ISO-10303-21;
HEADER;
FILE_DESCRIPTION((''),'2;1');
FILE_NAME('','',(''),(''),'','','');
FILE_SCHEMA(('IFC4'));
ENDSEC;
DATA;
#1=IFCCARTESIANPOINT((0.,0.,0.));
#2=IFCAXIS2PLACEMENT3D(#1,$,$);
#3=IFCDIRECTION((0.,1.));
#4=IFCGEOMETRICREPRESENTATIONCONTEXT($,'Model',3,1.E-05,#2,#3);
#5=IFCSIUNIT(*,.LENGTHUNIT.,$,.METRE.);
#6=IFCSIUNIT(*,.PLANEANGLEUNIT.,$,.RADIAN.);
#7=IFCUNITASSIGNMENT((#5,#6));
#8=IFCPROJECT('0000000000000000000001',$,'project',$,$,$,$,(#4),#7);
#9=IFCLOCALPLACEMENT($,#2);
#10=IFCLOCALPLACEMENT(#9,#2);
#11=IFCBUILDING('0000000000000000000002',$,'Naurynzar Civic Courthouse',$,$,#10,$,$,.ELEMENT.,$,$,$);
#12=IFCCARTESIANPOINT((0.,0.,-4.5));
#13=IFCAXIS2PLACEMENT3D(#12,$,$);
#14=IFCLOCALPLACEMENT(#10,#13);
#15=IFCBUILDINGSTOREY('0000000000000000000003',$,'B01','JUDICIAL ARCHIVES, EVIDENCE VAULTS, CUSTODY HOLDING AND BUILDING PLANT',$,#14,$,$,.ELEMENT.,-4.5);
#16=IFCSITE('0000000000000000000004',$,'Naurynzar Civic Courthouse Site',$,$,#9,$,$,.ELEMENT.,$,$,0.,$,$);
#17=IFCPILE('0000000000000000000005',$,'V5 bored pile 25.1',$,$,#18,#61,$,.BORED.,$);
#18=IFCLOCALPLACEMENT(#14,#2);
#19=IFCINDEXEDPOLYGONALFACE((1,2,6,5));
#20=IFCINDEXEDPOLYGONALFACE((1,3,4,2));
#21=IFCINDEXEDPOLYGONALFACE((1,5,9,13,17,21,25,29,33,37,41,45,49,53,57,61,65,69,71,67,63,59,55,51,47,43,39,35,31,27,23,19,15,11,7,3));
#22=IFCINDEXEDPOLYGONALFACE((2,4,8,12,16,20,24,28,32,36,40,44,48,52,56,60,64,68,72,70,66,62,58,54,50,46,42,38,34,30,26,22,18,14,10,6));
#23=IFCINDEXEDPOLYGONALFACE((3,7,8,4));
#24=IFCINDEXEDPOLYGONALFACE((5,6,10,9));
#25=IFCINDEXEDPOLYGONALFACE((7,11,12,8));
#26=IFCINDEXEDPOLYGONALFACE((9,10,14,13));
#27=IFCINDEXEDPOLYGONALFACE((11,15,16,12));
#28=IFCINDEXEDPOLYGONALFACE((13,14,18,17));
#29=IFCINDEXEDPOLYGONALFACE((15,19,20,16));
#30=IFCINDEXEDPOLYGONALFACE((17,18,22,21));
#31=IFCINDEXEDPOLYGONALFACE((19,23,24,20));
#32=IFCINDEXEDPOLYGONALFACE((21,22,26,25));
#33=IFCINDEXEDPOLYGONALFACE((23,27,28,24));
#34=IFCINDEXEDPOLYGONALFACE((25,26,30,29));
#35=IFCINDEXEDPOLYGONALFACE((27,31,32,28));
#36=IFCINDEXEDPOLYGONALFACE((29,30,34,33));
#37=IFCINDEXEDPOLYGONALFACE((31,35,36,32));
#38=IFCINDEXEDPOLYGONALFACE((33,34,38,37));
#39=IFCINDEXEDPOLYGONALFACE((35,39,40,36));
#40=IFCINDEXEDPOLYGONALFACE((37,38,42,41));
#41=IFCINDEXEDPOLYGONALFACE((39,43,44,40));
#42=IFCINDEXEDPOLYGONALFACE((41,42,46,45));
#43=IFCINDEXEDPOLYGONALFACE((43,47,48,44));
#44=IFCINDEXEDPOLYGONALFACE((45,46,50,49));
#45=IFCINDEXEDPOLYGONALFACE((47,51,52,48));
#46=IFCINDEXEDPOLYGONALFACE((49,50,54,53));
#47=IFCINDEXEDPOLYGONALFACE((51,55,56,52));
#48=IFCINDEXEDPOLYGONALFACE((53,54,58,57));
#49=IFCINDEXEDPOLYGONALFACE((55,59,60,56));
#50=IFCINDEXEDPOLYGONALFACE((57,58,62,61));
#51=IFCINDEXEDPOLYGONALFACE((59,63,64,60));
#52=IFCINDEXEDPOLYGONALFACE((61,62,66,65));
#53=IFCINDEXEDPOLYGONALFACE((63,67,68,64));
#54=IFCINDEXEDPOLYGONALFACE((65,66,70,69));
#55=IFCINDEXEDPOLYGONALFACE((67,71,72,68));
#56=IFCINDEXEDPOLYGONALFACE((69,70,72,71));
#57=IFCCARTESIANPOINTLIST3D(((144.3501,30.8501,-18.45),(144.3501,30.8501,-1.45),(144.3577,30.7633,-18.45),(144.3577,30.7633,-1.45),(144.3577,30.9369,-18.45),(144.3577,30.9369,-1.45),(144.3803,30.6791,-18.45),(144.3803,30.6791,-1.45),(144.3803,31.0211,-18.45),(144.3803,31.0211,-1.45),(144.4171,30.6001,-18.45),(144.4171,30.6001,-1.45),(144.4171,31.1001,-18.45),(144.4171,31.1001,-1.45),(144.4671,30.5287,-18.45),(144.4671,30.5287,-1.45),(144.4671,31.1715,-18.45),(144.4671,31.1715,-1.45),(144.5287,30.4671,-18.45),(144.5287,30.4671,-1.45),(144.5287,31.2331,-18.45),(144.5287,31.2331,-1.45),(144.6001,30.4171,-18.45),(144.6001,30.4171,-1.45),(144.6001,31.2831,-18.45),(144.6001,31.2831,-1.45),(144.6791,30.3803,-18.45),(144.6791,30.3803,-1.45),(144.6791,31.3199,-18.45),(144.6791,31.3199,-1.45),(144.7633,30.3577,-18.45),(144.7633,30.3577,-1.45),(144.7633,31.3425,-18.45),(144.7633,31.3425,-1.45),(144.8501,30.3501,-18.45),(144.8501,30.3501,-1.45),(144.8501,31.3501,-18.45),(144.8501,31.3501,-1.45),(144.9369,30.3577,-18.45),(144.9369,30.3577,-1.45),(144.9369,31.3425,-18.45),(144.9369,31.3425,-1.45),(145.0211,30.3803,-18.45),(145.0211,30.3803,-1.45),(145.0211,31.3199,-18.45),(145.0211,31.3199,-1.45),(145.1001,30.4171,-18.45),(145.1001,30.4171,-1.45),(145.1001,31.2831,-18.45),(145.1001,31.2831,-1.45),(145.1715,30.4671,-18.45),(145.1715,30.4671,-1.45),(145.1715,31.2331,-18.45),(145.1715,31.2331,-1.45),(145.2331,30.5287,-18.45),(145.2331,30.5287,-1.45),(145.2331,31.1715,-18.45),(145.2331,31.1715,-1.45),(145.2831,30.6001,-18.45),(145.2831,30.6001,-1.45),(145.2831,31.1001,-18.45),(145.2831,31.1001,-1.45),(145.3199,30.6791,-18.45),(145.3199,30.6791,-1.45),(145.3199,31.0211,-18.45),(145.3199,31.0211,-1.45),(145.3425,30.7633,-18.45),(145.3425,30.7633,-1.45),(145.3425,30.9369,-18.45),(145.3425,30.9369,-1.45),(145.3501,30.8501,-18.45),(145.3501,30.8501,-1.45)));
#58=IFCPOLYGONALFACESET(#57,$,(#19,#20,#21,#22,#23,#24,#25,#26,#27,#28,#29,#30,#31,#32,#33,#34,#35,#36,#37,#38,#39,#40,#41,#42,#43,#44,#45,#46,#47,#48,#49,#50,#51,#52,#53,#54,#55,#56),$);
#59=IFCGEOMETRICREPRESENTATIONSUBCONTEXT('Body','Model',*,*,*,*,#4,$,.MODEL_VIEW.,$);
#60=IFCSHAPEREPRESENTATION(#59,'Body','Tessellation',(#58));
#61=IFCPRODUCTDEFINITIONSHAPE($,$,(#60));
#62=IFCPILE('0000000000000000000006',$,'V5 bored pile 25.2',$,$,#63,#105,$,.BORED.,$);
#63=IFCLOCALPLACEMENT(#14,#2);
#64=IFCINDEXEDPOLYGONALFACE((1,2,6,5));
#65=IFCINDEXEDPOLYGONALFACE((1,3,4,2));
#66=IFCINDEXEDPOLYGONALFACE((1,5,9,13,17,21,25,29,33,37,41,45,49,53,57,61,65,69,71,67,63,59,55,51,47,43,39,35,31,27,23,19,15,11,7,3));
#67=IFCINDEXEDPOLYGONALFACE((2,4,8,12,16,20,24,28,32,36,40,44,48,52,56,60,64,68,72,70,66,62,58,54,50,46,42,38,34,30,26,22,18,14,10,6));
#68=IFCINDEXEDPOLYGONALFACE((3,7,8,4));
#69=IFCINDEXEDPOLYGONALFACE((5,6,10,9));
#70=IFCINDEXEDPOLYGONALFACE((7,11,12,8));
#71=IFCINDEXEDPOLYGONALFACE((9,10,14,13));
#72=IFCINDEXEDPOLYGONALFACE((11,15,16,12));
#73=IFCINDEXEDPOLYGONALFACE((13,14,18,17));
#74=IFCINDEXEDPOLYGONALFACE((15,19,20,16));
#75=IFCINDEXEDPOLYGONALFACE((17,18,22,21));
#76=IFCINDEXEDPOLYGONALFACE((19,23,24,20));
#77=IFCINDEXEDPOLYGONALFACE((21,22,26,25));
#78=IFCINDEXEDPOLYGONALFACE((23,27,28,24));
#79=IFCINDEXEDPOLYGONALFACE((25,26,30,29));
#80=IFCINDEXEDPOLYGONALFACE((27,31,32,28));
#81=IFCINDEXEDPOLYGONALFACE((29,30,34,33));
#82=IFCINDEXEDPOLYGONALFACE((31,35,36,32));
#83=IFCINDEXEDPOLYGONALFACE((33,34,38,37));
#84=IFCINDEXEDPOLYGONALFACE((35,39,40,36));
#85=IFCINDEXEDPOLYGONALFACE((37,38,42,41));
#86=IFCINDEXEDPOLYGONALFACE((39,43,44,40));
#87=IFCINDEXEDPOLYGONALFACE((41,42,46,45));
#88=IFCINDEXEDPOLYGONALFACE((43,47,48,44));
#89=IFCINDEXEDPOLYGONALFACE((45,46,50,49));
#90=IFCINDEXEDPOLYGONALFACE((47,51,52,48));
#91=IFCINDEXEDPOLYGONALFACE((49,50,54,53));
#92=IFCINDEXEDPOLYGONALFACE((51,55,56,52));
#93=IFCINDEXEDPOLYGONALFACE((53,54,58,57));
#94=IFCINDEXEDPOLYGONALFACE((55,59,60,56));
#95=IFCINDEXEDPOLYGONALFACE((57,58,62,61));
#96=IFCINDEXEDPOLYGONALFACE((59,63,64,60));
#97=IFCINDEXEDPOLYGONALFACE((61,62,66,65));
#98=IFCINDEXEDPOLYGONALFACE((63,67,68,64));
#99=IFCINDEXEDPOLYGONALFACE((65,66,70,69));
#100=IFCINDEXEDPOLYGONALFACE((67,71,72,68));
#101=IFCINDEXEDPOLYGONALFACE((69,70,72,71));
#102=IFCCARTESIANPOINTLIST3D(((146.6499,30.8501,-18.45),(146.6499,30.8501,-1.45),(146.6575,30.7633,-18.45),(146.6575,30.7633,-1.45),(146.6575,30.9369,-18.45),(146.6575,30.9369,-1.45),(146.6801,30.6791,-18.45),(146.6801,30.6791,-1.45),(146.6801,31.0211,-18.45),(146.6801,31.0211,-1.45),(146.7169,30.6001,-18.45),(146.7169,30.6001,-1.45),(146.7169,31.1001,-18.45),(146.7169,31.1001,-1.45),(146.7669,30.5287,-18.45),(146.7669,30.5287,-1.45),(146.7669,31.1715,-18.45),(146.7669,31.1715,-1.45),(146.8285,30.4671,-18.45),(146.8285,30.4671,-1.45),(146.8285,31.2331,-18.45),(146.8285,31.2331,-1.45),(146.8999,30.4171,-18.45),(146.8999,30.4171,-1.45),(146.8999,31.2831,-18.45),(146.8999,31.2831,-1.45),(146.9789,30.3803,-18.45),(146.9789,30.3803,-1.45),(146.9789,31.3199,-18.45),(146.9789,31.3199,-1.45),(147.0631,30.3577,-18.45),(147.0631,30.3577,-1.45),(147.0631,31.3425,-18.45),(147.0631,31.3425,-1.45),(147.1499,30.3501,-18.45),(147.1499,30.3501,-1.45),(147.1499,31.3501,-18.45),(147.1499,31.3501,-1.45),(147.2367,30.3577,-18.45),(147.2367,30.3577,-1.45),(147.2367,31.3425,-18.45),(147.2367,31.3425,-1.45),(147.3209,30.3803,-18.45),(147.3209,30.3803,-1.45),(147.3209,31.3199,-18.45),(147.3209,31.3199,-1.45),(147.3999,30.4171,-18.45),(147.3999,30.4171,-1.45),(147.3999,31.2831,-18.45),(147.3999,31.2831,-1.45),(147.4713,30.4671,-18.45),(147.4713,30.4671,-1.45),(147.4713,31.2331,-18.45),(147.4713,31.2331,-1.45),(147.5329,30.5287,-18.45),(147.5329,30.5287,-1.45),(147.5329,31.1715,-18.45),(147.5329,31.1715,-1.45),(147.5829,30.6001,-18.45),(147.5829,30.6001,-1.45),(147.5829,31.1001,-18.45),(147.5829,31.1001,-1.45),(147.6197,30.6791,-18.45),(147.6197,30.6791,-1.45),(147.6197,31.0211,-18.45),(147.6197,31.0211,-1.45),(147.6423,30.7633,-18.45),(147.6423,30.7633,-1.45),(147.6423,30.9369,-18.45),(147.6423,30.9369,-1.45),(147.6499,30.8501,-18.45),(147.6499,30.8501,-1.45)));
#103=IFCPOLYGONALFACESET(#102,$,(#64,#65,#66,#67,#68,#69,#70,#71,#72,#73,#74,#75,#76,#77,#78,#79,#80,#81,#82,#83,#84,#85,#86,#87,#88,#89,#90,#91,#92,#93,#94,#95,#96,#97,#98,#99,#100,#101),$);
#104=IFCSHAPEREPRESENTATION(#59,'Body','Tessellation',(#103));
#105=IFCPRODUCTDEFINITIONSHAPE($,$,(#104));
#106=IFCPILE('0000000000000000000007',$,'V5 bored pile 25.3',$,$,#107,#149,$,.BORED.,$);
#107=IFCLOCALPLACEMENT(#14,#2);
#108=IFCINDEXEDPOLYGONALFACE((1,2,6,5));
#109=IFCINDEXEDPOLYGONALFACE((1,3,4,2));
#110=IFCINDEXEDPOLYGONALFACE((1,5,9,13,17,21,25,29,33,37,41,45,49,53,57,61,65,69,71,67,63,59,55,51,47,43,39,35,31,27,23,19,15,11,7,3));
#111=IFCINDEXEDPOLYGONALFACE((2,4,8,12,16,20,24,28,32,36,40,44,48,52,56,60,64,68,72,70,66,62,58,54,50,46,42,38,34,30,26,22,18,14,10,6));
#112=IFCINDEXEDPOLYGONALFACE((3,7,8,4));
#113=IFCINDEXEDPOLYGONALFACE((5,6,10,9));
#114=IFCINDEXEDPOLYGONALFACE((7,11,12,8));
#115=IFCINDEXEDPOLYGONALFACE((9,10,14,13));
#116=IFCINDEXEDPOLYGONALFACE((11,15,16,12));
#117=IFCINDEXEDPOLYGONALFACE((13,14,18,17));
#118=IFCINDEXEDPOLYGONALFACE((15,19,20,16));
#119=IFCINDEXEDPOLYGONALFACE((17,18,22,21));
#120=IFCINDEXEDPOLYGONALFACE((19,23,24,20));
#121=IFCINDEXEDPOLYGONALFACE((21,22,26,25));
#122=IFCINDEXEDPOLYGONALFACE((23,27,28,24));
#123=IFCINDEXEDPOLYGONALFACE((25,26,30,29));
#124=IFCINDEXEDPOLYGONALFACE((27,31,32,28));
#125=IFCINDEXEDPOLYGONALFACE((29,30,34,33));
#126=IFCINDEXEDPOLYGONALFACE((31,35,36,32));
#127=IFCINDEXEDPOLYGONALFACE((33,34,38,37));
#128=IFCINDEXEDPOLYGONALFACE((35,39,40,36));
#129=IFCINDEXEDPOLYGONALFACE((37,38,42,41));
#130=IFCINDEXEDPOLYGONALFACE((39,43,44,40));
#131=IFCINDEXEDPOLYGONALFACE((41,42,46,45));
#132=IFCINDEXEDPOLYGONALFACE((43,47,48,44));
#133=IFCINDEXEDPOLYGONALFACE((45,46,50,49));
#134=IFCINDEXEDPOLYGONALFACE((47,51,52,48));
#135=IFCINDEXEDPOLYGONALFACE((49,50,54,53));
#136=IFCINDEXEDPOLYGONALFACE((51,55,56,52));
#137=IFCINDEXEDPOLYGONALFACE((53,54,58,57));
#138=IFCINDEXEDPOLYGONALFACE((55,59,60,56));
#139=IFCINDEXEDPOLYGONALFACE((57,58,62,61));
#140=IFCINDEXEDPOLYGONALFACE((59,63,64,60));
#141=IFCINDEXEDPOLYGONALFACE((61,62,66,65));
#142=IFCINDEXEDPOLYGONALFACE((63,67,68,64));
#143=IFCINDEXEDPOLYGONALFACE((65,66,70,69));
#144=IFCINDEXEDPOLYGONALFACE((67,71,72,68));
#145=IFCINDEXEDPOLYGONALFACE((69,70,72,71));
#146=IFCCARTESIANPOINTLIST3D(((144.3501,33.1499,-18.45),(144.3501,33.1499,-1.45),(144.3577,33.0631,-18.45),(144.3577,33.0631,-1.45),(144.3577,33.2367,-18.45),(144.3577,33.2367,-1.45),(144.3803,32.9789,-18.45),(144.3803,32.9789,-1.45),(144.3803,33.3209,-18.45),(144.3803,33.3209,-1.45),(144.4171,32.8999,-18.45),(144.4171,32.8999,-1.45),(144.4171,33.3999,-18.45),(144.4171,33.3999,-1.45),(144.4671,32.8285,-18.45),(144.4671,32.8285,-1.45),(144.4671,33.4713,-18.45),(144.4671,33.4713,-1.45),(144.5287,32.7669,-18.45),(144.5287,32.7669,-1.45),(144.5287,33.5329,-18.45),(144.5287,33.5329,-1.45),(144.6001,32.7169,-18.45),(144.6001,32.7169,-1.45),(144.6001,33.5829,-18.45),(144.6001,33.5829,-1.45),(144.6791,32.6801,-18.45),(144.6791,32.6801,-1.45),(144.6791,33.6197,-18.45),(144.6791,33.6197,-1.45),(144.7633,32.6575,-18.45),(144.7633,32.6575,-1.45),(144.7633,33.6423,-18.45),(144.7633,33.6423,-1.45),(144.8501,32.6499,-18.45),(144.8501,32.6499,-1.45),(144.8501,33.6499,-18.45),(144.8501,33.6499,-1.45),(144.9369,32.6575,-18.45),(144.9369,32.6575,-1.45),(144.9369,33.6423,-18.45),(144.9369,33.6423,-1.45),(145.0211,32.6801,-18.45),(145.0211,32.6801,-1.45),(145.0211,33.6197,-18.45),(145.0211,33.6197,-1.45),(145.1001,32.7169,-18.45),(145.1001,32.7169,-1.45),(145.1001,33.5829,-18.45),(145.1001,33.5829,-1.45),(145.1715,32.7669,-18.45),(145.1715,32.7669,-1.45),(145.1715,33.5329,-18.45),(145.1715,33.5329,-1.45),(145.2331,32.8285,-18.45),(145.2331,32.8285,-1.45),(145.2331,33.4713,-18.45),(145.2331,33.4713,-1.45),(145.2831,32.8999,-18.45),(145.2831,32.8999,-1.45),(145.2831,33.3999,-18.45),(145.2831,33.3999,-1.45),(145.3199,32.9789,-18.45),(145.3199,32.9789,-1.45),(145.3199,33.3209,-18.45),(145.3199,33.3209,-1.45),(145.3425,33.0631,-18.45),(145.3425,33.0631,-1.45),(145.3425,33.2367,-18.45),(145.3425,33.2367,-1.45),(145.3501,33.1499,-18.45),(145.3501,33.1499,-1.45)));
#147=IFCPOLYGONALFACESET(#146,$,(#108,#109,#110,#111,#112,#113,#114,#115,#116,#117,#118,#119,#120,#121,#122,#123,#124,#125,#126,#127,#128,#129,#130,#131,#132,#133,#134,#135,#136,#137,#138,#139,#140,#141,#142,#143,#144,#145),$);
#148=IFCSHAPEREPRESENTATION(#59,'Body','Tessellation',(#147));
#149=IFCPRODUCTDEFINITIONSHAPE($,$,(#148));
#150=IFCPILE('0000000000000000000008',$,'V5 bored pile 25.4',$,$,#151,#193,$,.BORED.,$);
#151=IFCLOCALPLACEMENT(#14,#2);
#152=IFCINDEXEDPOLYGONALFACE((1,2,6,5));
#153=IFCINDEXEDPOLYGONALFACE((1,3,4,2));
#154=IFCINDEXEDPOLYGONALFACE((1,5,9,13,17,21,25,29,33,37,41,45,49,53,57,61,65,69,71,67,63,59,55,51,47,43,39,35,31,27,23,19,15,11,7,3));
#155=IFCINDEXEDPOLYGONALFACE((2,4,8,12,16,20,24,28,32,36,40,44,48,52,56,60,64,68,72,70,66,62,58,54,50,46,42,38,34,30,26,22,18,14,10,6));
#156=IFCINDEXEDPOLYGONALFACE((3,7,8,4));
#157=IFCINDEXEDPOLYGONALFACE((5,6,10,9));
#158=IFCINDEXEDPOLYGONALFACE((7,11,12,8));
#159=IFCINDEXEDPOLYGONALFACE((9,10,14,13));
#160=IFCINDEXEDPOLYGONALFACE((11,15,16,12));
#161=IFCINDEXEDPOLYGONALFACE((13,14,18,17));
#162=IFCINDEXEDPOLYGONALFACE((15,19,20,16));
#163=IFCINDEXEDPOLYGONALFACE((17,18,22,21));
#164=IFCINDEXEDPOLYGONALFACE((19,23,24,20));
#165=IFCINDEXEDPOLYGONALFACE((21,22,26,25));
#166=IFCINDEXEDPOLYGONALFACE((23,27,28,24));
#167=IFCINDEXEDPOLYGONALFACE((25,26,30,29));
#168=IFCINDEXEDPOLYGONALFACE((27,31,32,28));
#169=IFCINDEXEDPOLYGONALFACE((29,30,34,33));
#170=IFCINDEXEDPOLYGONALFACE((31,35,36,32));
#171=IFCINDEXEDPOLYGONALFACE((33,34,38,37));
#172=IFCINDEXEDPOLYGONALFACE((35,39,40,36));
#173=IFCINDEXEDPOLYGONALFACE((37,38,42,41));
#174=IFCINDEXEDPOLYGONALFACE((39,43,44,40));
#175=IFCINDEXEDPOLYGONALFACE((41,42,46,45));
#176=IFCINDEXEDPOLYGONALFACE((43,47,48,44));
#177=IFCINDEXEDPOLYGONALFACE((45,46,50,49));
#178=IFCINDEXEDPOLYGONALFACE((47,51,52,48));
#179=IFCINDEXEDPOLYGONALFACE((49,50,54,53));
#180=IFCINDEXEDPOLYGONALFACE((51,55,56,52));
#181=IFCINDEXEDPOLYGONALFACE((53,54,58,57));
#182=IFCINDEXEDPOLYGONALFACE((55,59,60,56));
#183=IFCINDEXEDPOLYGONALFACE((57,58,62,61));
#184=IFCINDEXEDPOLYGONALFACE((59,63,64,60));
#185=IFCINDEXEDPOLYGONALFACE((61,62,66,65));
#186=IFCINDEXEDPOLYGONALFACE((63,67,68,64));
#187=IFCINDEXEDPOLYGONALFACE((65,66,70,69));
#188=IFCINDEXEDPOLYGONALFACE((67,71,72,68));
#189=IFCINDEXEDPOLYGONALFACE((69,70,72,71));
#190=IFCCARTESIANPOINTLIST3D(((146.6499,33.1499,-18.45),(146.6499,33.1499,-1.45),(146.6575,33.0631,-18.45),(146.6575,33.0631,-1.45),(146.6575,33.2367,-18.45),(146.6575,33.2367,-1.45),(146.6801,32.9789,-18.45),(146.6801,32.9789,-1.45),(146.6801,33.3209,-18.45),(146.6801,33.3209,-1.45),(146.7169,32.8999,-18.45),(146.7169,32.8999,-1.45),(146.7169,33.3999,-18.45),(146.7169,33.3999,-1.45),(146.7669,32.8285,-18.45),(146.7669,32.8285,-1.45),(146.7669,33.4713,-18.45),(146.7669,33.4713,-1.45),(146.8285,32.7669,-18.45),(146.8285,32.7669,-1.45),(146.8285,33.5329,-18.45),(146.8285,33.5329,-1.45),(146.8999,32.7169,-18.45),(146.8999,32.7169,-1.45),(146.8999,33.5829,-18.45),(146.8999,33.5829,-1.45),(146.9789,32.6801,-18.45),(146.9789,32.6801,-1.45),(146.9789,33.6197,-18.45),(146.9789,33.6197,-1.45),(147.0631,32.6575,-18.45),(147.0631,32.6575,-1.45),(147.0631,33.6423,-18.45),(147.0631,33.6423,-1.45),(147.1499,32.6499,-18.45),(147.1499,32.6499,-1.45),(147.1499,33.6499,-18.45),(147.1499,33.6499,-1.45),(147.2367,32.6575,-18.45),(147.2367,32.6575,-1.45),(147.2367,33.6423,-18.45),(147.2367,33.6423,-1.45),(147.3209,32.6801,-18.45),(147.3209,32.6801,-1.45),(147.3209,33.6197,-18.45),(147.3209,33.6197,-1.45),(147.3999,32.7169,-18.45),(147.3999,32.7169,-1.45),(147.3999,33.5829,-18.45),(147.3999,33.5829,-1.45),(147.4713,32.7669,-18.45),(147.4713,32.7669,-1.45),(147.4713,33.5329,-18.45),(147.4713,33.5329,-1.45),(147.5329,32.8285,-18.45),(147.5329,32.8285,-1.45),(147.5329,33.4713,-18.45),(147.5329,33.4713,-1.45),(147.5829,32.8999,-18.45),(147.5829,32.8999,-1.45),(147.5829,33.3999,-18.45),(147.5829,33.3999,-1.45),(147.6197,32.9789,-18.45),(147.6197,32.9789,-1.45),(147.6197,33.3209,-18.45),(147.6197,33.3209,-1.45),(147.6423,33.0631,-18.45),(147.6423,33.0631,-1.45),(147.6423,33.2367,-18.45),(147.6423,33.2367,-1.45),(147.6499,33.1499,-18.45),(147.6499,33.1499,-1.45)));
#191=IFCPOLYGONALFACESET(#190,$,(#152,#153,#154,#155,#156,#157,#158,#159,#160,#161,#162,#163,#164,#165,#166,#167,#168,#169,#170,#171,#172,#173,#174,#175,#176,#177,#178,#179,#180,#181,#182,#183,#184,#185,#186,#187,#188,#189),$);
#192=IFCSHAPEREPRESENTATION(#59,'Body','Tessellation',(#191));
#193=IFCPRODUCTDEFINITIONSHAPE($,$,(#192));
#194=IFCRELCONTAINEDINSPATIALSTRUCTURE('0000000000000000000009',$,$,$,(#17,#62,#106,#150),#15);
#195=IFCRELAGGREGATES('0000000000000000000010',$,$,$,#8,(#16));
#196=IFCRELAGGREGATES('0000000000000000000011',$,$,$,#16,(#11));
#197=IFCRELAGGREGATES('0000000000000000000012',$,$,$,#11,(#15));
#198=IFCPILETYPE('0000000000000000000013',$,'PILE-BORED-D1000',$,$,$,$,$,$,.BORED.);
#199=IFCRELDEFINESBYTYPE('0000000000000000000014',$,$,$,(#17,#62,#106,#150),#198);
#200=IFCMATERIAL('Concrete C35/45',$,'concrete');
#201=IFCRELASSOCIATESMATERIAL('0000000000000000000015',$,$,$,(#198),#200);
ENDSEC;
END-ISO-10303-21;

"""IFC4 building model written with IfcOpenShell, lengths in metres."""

from ifc_helpers import new_model, si_unit, direction, frame, origin, origin_2d, place, context, subcontext, project, spatial, circle, extrude, material, material_profile, profile_set, type_object, element, save


model = new_model("IFC4")

# Units and contexts
model_context = context("Model", 3, precision=1e-05, world=origin(), true_north=direction((0.0, 1.0)))
body_context = subcontext(model_context, "Body", "Model", "MODEL_VIEW")
ifc_project = project(units=[si_unit("LENGTHUNIT", "METRE"), si_unit("PLANEANGLEUNIT", "RADIAN")], contexts=[model_context])

# Site, building, storey
site_placement = place(None, origin())
site = spatial("IfcSite", under=ifc_project, at=site_placement, Name="Naurynzar Civic Courthouse Site", CompositionType="ELEMENT", RefElevation=0.0)
building_placement = place(site_placement, origin())
building = spatial("IfcBuilding", under=site, at=building_placement, Name="Naurynzar Civic Courthouse", CompositionType="ELEMENT")
storey_placement = place(building_placement, frame((0.0, 0.0, -4.5)))
storey = spatial("IfcBuildingStorey", under=building, at=storey_placement, Name="B01", Description="JUDICIAL ARCHIVES, EVIDENCE VAULTS, CUSTODY HOLDING AND BUILDING PLANT", CompositionType="ELEMENT", Elevation=-4.5)

# Piles
ifc_material_1 = material(Name="Concrete C35/45", Category="concrete")
ifc_material_profile_1 = material_profile(ifc_material_1, circle(Radius=0.5, at=origin_2d()), Name="PILE D1000")
ifc_profile_set_1 = profile_set([ifc_material_profile_1], Name="Concrete C35/45")
pile_type = type_object("IfcPileType", Name="PILE-BORED-D1000", PredefinedType="BORED", material=ifc_profile_set_1)
for number, where, z_axis, x_axis, name in (
    (1, (144.8501, 30.8501, -1.45), (0.0, 0.0, -1.0), (1.0, 0.0, 0.0), "V5 bored pile 25.1"),
    (2, (147.1499, 30.8501, -1.45), (0.0, 0.0, -1.0), (1.0, 0.0, 0.0), "V5 bored pile 25.2"),
    (3, (144.8501, 33.1499, -1.45), (0.0, 0.0, -1.0), (1.0, 0.0, 0.0), "V5 bored pile 25.3"),
    (4, (147.1499, 33.1499, -1.45), (0.0, 0.0, -1.0), (1.0, 0.0, 0.0), "V5 bored pile 25.4"),
):
    element("IfcPile", number, at=place(storey_placement, frame(where, z_axis=z_axis, x_axis=x_axis)), inside=storey, type_object=pile_type, Name=name, PredefinedType="BORED", context=body_context, shape_type="SweptSolid", body=[
        extrude(circle(Radius=0.5, at=origin_2d()), origin(), (0.0, 0.0, 1.0), 17.0),
    ])

save(model, "model.ifc")
